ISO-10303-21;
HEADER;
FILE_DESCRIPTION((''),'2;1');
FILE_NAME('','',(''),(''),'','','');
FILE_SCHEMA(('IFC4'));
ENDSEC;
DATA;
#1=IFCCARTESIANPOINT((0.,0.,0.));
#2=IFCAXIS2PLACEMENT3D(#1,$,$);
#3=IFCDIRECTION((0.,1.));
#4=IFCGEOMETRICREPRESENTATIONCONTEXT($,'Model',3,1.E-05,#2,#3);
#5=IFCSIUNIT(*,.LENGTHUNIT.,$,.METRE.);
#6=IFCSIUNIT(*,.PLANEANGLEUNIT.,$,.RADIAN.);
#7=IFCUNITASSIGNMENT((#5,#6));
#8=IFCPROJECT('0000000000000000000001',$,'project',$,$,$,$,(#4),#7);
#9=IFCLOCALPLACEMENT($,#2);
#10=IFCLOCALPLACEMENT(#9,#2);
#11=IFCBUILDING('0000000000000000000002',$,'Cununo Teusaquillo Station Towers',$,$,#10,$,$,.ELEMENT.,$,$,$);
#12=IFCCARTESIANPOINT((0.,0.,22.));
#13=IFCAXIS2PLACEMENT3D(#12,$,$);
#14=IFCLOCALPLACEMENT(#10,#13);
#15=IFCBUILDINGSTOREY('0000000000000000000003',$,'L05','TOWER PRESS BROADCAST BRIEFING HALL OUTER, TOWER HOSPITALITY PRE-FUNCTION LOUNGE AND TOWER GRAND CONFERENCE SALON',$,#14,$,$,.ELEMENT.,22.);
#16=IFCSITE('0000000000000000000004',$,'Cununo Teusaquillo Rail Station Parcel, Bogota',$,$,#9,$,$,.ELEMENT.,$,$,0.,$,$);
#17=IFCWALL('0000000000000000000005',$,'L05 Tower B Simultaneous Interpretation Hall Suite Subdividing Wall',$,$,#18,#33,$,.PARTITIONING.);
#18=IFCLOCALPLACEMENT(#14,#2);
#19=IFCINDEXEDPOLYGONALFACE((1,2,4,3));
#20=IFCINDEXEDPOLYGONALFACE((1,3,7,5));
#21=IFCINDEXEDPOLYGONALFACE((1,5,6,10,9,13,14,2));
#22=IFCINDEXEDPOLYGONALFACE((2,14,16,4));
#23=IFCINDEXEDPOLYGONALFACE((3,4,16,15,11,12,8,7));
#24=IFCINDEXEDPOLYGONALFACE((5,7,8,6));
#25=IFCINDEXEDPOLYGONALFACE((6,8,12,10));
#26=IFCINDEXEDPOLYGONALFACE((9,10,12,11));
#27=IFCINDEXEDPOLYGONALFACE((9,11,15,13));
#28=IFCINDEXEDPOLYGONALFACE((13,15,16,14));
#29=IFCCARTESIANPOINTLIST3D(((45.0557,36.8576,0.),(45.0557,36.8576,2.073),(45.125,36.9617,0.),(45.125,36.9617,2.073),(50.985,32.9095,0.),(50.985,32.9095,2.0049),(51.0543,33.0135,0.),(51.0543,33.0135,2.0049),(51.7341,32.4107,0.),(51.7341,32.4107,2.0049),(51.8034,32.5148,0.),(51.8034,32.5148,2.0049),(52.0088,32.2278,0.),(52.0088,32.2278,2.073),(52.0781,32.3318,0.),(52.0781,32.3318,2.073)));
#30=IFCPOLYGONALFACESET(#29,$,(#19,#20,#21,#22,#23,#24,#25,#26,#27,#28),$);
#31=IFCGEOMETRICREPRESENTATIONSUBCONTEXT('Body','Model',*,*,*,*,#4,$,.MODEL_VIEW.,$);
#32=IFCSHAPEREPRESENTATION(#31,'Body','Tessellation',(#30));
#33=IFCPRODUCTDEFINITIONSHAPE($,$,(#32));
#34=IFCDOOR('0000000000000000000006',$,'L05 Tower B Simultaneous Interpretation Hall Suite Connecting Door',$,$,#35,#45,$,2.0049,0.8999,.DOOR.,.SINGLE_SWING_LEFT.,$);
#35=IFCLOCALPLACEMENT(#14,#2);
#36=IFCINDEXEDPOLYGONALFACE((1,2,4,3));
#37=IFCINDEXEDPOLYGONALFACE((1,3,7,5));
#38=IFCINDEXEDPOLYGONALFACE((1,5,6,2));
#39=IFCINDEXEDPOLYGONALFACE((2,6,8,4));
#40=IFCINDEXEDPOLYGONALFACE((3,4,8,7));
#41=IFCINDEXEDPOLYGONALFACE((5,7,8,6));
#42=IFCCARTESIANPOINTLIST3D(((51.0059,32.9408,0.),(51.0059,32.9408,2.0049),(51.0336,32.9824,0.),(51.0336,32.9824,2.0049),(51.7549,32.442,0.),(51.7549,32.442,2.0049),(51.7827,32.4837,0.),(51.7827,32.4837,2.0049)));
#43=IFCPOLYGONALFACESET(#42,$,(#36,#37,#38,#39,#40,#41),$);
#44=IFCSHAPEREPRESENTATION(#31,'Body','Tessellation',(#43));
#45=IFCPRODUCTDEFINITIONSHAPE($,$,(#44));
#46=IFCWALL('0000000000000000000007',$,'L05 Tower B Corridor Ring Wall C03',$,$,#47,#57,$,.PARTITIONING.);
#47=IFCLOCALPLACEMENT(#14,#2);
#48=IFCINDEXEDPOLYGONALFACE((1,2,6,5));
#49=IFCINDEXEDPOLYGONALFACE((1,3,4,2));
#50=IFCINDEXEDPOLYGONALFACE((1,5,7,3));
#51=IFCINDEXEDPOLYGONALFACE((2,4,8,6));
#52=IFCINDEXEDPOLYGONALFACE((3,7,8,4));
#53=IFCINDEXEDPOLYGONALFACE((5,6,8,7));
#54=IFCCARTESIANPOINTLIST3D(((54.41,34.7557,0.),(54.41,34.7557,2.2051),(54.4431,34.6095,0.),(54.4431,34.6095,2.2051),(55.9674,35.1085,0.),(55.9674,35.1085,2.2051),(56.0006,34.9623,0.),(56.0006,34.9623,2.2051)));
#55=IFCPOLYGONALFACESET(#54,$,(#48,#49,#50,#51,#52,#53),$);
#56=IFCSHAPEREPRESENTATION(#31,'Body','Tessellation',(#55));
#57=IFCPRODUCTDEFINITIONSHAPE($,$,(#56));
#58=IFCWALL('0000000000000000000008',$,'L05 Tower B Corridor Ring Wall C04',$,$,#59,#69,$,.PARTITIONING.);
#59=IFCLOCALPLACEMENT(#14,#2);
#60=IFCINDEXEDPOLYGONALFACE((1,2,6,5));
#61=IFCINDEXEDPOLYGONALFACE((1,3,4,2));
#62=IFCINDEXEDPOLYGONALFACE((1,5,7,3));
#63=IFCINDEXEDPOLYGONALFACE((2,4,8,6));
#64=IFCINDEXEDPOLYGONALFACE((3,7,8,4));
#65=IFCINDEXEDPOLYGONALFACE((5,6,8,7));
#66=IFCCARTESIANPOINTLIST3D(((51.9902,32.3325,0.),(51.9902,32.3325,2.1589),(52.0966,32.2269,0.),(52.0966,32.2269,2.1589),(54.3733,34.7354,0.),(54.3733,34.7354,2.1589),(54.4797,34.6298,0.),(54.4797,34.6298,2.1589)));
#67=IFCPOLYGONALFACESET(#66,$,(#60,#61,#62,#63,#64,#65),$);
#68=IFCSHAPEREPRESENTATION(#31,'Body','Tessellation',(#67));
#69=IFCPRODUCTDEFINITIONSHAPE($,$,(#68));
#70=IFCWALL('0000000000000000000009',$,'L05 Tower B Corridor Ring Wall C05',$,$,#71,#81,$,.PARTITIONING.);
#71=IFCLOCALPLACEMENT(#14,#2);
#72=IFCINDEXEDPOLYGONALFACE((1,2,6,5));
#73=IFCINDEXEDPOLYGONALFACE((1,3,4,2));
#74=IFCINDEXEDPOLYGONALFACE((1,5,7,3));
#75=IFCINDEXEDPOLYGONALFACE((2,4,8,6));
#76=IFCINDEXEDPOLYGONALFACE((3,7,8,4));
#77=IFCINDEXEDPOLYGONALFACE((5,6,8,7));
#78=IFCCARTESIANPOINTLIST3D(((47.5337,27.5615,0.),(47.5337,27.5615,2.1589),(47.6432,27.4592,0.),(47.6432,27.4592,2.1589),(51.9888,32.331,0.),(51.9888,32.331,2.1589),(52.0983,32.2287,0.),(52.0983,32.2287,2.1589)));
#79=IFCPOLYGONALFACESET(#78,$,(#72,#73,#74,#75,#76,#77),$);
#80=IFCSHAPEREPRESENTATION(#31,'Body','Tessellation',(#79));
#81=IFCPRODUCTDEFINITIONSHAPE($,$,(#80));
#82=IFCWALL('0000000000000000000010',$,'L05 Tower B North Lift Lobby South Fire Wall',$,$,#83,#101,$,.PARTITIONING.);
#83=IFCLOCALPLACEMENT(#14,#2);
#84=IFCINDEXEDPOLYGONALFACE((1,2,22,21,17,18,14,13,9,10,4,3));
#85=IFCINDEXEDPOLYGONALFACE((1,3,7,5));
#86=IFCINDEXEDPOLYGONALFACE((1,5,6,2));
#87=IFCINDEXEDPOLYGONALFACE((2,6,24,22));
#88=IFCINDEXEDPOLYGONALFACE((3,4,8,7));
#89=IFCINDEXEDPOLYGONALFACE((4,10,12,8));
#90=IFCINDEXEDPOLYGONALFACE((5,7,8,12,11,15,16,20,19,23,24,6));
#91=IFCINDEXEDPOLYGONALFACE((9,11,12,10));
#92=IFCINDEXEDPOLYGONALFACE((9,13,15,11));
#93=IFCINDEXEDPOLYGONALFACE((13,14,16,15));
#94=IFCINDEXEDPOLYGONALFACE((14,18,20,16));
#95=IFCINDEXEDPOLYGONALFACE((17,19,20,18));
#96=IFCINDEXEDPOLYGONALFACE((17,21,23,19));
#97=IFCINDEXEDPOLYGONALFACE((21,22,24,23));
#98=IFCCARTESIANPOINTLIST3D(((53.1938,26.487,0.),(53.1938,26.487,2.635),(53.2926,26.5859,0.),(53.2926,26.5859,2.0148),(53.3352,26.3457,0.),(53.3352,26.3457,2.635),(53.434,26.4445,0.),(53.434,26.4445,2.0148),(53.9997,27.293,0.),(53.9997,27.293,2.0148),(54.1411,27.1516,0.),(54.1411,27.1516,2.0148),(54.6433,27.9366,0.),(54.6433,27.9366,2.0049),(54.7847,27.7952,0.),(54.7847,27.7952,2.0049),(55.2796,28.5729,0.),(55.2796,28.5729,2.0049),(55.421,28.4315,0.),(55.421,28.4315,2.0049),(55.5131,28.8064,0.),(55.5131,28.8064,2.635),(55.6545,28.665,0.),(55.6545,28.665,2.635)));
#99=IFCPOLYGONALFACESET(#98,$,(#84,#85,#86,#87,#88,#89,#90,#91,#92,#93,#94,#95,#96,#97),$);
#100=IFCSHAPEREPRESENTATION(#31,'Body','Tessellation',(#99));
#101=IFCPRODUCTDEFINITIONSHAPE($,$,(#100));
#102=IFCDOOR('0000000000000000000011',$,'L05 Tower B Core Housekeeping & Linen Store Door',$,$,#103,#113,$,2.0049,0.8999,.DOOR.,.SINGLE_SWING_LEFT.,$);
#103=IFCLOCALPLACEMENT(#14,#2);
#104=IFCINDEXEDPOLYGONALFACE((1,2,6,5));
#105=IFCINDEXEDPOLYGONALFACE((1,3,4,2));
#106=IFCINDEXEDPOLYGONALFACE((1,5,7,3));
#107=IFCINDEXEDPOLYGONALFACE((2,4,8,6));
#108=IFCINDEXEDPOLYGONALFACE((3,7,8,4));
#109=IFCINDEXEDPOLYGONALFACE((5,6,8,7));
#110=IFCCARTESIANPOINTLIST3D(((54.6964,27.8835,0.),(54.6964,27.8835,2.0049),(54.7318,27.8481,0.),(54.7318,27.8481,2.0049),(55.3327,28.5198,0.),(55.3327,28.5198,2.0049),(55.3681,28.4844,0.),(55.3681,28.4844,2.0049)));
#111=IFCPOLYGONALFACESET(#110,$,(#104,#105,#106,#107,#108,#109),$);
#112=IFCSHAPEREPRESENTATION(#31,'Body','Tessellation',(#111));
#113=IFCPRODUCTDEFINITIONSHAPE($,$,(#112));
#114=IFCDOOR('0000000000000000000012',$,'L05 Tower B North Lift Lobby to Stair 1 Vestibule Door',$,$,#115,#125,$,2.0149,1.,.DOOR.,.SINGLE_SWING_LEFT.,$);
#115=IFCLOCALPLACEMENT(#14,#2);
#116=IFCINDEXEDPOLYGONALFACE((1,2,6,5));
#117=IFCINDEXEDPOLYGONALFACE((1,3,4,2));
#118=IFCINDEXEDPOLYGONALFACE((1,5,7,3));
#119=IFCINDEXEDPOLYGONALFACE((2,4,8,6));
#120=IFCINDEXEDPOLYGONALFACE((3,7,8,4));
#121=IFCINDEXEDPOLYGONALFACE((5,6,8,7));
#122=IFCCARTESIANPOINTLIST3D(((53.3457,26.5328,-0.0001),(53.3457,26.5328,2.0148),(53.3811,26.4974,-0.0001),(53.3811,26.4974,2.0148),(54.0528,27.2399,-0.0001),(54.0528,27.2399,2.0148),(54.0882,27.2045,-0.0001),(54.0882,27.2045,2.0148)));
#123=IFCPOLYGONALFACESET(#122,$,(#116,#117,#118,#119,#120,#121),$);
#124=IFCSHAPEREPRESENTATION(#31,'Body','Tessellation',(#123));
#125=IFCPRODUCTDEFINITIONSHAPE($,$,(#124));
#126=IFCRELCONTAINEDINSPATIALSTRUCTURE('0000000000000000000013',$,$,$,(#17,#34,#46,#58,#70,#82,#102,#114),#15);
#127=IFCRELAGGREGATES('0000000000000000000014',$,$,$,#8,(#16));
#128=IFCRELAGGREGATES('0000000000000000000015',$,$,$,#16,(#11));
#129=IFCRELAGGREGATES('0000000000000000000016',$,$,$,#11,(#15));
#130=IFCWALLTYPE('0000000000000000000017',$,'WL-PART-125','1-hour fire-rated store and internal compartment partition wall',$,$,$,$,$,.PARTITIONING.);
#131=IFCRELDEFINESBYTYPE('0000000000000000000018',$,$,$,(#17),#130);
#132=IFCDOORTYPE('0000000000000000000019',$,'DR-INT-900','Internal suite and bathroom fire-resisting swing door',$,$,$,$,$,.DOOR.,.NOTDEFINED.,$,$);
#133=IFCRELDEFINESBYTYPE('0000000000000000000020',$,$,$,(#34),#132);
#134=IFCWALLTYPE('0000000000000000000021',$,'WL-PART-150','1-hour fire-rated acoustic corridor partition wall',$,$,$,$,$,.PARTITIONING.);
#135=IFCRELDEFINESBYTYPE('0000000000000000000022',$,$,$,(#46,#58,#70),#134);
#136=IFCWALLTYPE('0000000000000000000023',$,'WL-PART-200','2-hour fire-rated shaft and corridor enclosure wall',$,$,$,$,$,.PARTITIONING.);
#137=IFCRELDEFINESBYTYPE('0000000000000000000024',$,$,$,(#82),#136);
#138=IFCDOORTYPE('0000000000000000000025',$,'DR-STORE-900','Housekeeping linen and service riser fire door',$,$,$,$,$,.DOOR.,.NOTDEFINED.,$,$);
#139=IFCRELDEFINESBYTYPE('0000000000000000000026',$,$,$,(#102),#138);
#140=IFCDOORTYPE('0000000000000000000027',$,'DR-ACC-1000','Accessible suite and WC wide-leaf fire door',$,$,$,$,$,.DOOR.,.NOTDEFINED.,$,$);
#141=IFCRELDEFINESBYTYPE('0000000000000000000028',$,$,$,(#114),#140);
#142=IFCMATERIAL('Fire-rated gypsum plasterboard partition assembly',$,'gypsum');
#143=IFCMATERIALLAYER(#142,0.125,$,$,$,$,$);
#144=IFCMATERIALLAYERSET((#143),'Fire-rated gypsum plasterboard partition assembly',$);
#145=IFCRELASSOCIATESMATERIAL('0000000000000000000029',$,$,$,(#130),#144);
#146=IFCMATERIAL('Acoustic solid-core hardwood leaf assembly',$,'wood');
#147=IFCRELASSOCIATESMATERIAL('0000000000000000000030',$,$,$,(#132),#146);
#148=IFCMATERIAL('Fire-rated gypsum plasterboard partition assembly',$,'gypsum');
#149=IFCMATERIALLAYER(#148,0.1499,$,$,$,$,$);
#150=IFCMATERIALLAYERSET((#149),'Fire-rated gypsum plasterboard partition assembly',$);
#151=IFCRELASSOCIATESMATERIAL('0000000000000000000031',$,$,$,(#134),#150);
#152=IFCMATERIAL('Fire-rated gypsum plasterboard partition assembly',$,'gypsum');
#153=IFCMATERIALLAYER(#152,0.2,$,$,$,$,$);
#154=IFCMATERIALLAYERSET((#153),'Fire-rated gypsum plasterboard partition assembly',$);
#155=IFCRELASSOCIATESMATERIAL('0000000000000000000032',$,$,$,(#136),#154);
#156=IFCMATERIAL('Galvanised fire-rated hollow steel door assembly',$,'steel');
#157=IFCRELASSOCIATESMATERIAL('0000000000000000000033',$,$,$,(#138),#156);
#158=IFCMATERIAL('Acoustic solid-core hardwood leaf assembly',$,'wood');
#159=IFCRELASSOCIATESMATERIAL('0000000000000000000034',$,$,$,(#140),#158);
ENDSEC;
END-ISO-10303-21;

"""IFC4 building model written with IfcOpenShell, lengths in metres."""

from ifc_helpers import new_model, si_unit, direction, frame, frame_2d, origin, place, context, subcontext, project, spatial, rectangle, extrude, source, transform, mapped, material, layer, layer_set, type_object, element, fill, save


model = new_model("IFC4")

# Units and contexts
model_context = context("Model", 3, precision=1e-05, world=origin(), true_north=direction((0.0, 1.0)))
body_context = subcontext(model_context, "Body", "Model", "MODEL_VIEW")
ifc_project = project(units=[si_unit("LENGTHUNIT", "METRE"), si_unit("PLANEANGLEUNIT", "RADIAN")], contexts=[model_context])

# Site, building, storey
site_placement = place(None, origin())
site = spatial("IfcSite", under=ifc_project, at=site_placement, Name="Cununo Teusaquillo Rail Station Parcel, Bogota", CompositionType="ELEMENT", RefElevation=0.0)
building_placement = place(site_placement, origin())
building = spatial("IfcBuilding", under=site, at=building_placement, Name="Cununo Teusaquillo Station Towers", CompositionType="ELEMENT")
storey_placement = place(building_placement, frame((0.0, 0.0, 22.0)))
storey = spatial("IfcBuildingStorey", under=building, at=storey_placement, Name="L05", Description="TOWER PRESS BROADCAST BRIEFING HALL OUTER, TOWER HOSPITALITY PRE-FUNCTION LOUNGE AND TOWER GRAND CONFERENCE SALON", CompositionType="ELEMENT", Elevation=22.0)

# Wall, opening, door
ifc_material_1 = material(Name="Fire-rated gypsum plasterboard partition assembly", Category="gypsum")
ifc_layer_1 = layer(ifc_material_1, 0.125)
ifc_layer_set_1 = layer_set([ifc_layer_1], Name="Fire-rated gypsum plasterboard partition assembly")
wall_type_1 = type_object("IfcWallType", Name="WL-PART-125", Description="1-hour fire-rated store and internal compartment partition wall", PredefinedType="PARTITIONING", material=ifc_layer_set_1)
wall_1_placement = place(storey_placement, frame((52.0435, 32.2798, 0.0), z_axis=(0.0, 0.0, 1.0), x_axis=(-0.832356, 0.554241, 0.0)))
wall_1 = element("IfcWall", 1, at=wall_1_placement, inside=storey, type_object=wall_type_1, Name="L05 Tower B Simultaneous Interpretation Hall Suite Subdividing Wall", PredefinedType="PARTITIONING", context=body_context, shape_type="SweptSolid", body=[
    extrude(rectangle(XDim=8.3535, YDim=0.125, at=frame_2d((4.1768, 0.0))), origin(), (0.0, 0.0, 1.0), 2.073),
])
shared_shape_1 = source(origin(), body_context, "Body", "SweptSolid", [
    extrude(rectangle(XDim=0.8999, YDim=2.0049, at=frame_2d((0.45, 1.0024))), frame((0.0, 0.0725, 0.0), z_axis=(0.0, -1.0, 0.0), x_axis=(1.0, 0.0, 0.0)), (0.0, 0.0, 1.0), 0.145),
])
opening_1_placement = place(wall_1_placement, frame((0.3301, 0.0, 0.0)))
opening_1 = element("IfcOpeningElement", 2, at=opening_1_placement, cuts=wall_1, PredefinedType="OPENING", context=body_context, shape_type="MappedRepresentation", body=[
    mapped(shared_shape_1, transform((0.0, 0.0, 0.0), x_axis=(1.0, 0.0, 0.0), y_axis=(0.0, 1.0, 0.0), z_axis=(0.0, 0.0, 1.0), scale=1.0)),
])
ifc_material_2 = material(Name="Acoustic solid-core hardwood leaf assembly", Category="wood")
door_type_1 = type_object("IfcDoorType", Name="DR-INT-900", Description="Internal suite and bathroom fire-resisting swing door", OperationType="NOTDEFINED", PredefinedType="DOOR", material=ifc_material_2)
shared_shape_2 = source(origin(), body_context, "Body", "SweptSolid", [
    extrude(rectangle(XDim=0.8999, YDim=2.0049, at=frame_2d((0.45, 1.0024))), frame((0.0, 0.0249, 0.0), z_axis=(0.0, -1.0, 0.0), x_axis=(1.0, 0.0, 0.0)), (0.0, 0.0, 1.0), 0.05),
])
door_1_placement = place(opening_1_placement, origin())
door_1 = element("IfcDoor", 3, at=door_1_placement, inside=storey, type_object=door_type_1, Name="L05 Tower B Simultaneous Interpretation Hall Suite Connecting Door", OperationType="SINGLE_SWING_LEFT", OverallHeight=2.0049, OverallWidth=0.8999, PredefinedType="DOOR", context=body_context, shape_type="MappedRepresentation", body=[
    mapped(shared_shape_2, transform((0.0, 0.0, 0.0), x_axis=(1.0, 0.0, 0.0), y_axis=(0.0, 1.0, 0.0), z_axis=(0.0, 0.0, 1.0), scale=1.0)),
])
fill(opening_1, door_1)

# Walls
ifc_material_3 = material(Name="Fire-rated gypsum plasterboard partition assembly", Category="gypsum")
ifc_layer_2 = layer(ifc_material_3, 0.1499)
ifc_layer_set_2 = layer_set([ifc_layer_2], Name="Fire-rated gypsum plasterboard partition assembly")
wall_type_2 = type_object("IfcWallType", Name="WL-PART-150", Description="1-hour fire-rated acoustic corridor partition wall", PredefinedType="PARTITIONING", material=ifc_layer_set_2)
wall_2_placement = place(storey_placement, frame((55.9839, 35.0354, 0.0), z_axis=(0.0, 0.0, 1.0), x_axis=(-0.97529, -0.220927, 0.0)))
element("IfcWall", 4, at=wall_2_placement, inside=storey, type_object=wall_type_2, Name="L05 Tower B Corridor Ring Wall C03", PredefinedType="PARTITIONING", context=body_context, shape_type="SweptSolid", body=[
    extrude(rectangle(XDim=1.5969, YDim=0.1499, at=frame_2d((0.7983, 0.0))), origin(), (0.0, 0.0, 1.0), 2.2051),
])
wall_3_placement = place(storey_placement, frame((54.4265, 34.6826, 0.0), z_axis=(0.0, 0.0, 1.0), x_axis=(-0.704179, -0.710022, 0.0)))
element("IfcWall", 5, at=wall_3_placement, inside=storey, type_object=wall_type_2, Name="L05 Tower B Corridor Ring Wall C04", PredefinedType="PARTITIONING", context=body_context, shape_type="SweptSolid", body=[
    extrude(rectangle(XDim=3.3843, YDim=0.1499, at=frame_2d((1.6921, 0.0))), origin(), (0.0, 0.0, 1.0), 2.1589),
])
wall_4_placement = place(storey_placement, frame((52.0435, 32.2798, 0.0), z_axis=(0.0, 0.0, 1.0), x_axis=(-0.682606, -0.730787, 0.0)))
element("IfcWall", 6, at=wall_4_placement, inside=storey, type_object=wall_type_2, Name="L05 Tower B Corridor Ring Wall C05", PredefinedType="PARTITIONING", context=body_context, shape_type="SweptSolid", body=[
    extrude(rectangle(XDim=6.5266, YDim=0.1499, at=frame_2d((3.2632, 0.0))), origin(), (0.0, 0.0, 1.0), 2.1589),
])

# Wall, openings, doors
ifc_material_4 = material(Name="Fire-rated gypsum plasterboard partition assembly", Category="gypsum")
ifc_layer_3 = layer(ifc_material_4, 0.2)
ifc_layer_set_3 = layer_set([ifc_layer_3], Name="Fire-rated gypsum plasterboard partition assembly")
wall_type_3 = type_object("IfcWallType", Name="WL-PART-200", Description="2-hour fire-rated shaft and corridor enclosure wall", PredefinedType="PARTITIONING", material=ifc_layer_set_3)
wall_5_placement = place(storey_placement, frame((53.2644, 26.4163, 0.0), z_axis=(0.0, 0.0, 1.0), x_axis=(0.707107, 0.707107, 0.0)))
wall_5 = element("IfcWall", 7, at=wall_5_placement, inside=storey, type_object=wall_type_3, Name="L05 Tower B North Lift Lobby South Fire Wall", PredefinedType="PARTITIONING", context=body_context, shape_type="SweptSolid", body=[
    extrude(rectangle(XDim=3.28, YDim=0.2, at=frame_2d((1.6401, 0.0))), origin(), (0.0, 0.0, 1.0), 2.635),
])
shared_shape_3 = source(origin(), body_context, "Body", "SweptSolid", [
    extrude(rectangle(XDim=1.0, YDim=2.0149, at=frame_2d((0.5, 1.0073))), frame((0.0, 0.1099, 0.0), z_axis=(0.0, -1.0, 0.0), x_axis=(1.0, 0.0, 0.0)), (0.0, 0.0, 1.0), 0.22),
])
opening_2_placement = place(wall_5_placement, frame((0.1399, 0.0, 0.0)))
opening_2 = element("IfcOpeningElement", 8, at=opening_2_placement, cuts=wall_5, PredefinedType="OPENING", context=body_context, shape_type="MappedRepresentation", body=[
    mapped(shared_shape_3, transform((0.0, 0.0, 0.0), x_axis=(1.0, 0.0, 0.0), y_axis=(0.0, 1.0, 0.0), z_axis=(0.0, 0.0, 1.0), scale=1.0)),
])
shared_shape_4 = source(origin(), body_context, "Body", "SweptSolid", [
    extrude(rectangle(XDim=0.8999, YDim=2.0049, at=frame_2d((0.45, 1.0024))), frame((0.0, 0.1099, 0.0), z_axis=(0.0, -1.0, 0.0), x_axis=(1.0, 0.0, 0.0)), (0.0, 0.0, 1.0), 0.22),
])
opening_3_placement = place(wall_5_placement, frame((2.05, 0.0, 0.0)))
opening_3 = element("IfcOpeningElement", 9, at=opening_3_placement, cuts=wall_5, PredefinedType="OPENING", context=body_context, shape_type="MappedRepresentation", body=[
    mapped(shared_shape_4, transform((0.0, 0.0, 0.0), x_axis=(1.0, 0.0, 0.0), y_axis=(0.0, 1.0, 0.0), z_axis=(0.0, 0.0, 1.0), scale=1.0)),
])
ifc_material_5 = material(Name="Galvanised fire-rated hollow steel door assembly", Category="steel")
door_type_2 = type_object("IfcDoorType", Name="DR-STORE-900", Description="Housekeeping linen and service riser fire door", OperationType="NOTDEFINED", PredefinedType="DOOR", material=ifc_material_5)
door_2_placement = place(opening_3_placement, origin())
door_2 = element("IfcDoor", 10, at=door_2_placement, inside=storey, type_object=door_type_2, Name="L05 Tower B Core Housekeeping & Linen Store Door", OperationType="SINGLE_SWING_LEFT", OverallHeight=2.0049, OverallWidth=0.8999, PredefinedType="DOOR", context=body_context, shape_type="MappedRepresentation", body=[
    mapped(shared_shape_2, transform((0.0, 0.0, 0.0), x_axis=(1.0, 0.0, 0.0), y_axis=(0.0, 1.0, 0.0), z_axis=(0.0, 0.0, 1.0), scale=1.0)),
])
fill(opening_3, door_2)
ifc_material_6 = material(Name="Acoustic solid-core hardwood leaf assembly", Category="wood")
door_type_3 = type_object("IfcDoorType", Name="DR-ACC-1000", Description="Accessible suite and WC wide-leaf fire door", OperationType="NOTDEFINED", PredefinedType="DOOR", material=ifc_material_6)
shared_shape_5 = source(origin(), body_context, "Body", "SweptSolid", [
    extrude(rectangle(XDim=1.0, YDim=2.0149, at=frame_2d((0.5, 1.0073))), frame((0.0, 0.0249, 0.0), z_axis=(0.0, -1.0, 0.0), x_axis=(1.0, 0.0, 0.0)), (0.0, 0.0, 1.0), 0.05),
])
door_3_placement = place(opening_2_placement, origin())
door_3 = element("IfcDoor", 11, at=door_3_placement, inside=storey, type_object=door_type_3, Name="L05 Tower B North Lift Lobby to Stair 1 Vestibule Door", OperationType="SINGLE_SWING_LEFT", OverallHeight=2.0149, OverallWidth=1.0, PredefinedType="DOOR", context=body_context, shape_type="MappedRepresentation", body=[
    mapped(shared_shape_5, transform((0.0, 0.0, 0.0), x_axis=(1.0, 0.0, 0.0), y_axis=(0.0, 1.0, 0.0), z_axis=(0.0, 0.0, 1.0), scale=1.0)),
])
fill(opening_2, door_3)

save(model, "model.ifc")
